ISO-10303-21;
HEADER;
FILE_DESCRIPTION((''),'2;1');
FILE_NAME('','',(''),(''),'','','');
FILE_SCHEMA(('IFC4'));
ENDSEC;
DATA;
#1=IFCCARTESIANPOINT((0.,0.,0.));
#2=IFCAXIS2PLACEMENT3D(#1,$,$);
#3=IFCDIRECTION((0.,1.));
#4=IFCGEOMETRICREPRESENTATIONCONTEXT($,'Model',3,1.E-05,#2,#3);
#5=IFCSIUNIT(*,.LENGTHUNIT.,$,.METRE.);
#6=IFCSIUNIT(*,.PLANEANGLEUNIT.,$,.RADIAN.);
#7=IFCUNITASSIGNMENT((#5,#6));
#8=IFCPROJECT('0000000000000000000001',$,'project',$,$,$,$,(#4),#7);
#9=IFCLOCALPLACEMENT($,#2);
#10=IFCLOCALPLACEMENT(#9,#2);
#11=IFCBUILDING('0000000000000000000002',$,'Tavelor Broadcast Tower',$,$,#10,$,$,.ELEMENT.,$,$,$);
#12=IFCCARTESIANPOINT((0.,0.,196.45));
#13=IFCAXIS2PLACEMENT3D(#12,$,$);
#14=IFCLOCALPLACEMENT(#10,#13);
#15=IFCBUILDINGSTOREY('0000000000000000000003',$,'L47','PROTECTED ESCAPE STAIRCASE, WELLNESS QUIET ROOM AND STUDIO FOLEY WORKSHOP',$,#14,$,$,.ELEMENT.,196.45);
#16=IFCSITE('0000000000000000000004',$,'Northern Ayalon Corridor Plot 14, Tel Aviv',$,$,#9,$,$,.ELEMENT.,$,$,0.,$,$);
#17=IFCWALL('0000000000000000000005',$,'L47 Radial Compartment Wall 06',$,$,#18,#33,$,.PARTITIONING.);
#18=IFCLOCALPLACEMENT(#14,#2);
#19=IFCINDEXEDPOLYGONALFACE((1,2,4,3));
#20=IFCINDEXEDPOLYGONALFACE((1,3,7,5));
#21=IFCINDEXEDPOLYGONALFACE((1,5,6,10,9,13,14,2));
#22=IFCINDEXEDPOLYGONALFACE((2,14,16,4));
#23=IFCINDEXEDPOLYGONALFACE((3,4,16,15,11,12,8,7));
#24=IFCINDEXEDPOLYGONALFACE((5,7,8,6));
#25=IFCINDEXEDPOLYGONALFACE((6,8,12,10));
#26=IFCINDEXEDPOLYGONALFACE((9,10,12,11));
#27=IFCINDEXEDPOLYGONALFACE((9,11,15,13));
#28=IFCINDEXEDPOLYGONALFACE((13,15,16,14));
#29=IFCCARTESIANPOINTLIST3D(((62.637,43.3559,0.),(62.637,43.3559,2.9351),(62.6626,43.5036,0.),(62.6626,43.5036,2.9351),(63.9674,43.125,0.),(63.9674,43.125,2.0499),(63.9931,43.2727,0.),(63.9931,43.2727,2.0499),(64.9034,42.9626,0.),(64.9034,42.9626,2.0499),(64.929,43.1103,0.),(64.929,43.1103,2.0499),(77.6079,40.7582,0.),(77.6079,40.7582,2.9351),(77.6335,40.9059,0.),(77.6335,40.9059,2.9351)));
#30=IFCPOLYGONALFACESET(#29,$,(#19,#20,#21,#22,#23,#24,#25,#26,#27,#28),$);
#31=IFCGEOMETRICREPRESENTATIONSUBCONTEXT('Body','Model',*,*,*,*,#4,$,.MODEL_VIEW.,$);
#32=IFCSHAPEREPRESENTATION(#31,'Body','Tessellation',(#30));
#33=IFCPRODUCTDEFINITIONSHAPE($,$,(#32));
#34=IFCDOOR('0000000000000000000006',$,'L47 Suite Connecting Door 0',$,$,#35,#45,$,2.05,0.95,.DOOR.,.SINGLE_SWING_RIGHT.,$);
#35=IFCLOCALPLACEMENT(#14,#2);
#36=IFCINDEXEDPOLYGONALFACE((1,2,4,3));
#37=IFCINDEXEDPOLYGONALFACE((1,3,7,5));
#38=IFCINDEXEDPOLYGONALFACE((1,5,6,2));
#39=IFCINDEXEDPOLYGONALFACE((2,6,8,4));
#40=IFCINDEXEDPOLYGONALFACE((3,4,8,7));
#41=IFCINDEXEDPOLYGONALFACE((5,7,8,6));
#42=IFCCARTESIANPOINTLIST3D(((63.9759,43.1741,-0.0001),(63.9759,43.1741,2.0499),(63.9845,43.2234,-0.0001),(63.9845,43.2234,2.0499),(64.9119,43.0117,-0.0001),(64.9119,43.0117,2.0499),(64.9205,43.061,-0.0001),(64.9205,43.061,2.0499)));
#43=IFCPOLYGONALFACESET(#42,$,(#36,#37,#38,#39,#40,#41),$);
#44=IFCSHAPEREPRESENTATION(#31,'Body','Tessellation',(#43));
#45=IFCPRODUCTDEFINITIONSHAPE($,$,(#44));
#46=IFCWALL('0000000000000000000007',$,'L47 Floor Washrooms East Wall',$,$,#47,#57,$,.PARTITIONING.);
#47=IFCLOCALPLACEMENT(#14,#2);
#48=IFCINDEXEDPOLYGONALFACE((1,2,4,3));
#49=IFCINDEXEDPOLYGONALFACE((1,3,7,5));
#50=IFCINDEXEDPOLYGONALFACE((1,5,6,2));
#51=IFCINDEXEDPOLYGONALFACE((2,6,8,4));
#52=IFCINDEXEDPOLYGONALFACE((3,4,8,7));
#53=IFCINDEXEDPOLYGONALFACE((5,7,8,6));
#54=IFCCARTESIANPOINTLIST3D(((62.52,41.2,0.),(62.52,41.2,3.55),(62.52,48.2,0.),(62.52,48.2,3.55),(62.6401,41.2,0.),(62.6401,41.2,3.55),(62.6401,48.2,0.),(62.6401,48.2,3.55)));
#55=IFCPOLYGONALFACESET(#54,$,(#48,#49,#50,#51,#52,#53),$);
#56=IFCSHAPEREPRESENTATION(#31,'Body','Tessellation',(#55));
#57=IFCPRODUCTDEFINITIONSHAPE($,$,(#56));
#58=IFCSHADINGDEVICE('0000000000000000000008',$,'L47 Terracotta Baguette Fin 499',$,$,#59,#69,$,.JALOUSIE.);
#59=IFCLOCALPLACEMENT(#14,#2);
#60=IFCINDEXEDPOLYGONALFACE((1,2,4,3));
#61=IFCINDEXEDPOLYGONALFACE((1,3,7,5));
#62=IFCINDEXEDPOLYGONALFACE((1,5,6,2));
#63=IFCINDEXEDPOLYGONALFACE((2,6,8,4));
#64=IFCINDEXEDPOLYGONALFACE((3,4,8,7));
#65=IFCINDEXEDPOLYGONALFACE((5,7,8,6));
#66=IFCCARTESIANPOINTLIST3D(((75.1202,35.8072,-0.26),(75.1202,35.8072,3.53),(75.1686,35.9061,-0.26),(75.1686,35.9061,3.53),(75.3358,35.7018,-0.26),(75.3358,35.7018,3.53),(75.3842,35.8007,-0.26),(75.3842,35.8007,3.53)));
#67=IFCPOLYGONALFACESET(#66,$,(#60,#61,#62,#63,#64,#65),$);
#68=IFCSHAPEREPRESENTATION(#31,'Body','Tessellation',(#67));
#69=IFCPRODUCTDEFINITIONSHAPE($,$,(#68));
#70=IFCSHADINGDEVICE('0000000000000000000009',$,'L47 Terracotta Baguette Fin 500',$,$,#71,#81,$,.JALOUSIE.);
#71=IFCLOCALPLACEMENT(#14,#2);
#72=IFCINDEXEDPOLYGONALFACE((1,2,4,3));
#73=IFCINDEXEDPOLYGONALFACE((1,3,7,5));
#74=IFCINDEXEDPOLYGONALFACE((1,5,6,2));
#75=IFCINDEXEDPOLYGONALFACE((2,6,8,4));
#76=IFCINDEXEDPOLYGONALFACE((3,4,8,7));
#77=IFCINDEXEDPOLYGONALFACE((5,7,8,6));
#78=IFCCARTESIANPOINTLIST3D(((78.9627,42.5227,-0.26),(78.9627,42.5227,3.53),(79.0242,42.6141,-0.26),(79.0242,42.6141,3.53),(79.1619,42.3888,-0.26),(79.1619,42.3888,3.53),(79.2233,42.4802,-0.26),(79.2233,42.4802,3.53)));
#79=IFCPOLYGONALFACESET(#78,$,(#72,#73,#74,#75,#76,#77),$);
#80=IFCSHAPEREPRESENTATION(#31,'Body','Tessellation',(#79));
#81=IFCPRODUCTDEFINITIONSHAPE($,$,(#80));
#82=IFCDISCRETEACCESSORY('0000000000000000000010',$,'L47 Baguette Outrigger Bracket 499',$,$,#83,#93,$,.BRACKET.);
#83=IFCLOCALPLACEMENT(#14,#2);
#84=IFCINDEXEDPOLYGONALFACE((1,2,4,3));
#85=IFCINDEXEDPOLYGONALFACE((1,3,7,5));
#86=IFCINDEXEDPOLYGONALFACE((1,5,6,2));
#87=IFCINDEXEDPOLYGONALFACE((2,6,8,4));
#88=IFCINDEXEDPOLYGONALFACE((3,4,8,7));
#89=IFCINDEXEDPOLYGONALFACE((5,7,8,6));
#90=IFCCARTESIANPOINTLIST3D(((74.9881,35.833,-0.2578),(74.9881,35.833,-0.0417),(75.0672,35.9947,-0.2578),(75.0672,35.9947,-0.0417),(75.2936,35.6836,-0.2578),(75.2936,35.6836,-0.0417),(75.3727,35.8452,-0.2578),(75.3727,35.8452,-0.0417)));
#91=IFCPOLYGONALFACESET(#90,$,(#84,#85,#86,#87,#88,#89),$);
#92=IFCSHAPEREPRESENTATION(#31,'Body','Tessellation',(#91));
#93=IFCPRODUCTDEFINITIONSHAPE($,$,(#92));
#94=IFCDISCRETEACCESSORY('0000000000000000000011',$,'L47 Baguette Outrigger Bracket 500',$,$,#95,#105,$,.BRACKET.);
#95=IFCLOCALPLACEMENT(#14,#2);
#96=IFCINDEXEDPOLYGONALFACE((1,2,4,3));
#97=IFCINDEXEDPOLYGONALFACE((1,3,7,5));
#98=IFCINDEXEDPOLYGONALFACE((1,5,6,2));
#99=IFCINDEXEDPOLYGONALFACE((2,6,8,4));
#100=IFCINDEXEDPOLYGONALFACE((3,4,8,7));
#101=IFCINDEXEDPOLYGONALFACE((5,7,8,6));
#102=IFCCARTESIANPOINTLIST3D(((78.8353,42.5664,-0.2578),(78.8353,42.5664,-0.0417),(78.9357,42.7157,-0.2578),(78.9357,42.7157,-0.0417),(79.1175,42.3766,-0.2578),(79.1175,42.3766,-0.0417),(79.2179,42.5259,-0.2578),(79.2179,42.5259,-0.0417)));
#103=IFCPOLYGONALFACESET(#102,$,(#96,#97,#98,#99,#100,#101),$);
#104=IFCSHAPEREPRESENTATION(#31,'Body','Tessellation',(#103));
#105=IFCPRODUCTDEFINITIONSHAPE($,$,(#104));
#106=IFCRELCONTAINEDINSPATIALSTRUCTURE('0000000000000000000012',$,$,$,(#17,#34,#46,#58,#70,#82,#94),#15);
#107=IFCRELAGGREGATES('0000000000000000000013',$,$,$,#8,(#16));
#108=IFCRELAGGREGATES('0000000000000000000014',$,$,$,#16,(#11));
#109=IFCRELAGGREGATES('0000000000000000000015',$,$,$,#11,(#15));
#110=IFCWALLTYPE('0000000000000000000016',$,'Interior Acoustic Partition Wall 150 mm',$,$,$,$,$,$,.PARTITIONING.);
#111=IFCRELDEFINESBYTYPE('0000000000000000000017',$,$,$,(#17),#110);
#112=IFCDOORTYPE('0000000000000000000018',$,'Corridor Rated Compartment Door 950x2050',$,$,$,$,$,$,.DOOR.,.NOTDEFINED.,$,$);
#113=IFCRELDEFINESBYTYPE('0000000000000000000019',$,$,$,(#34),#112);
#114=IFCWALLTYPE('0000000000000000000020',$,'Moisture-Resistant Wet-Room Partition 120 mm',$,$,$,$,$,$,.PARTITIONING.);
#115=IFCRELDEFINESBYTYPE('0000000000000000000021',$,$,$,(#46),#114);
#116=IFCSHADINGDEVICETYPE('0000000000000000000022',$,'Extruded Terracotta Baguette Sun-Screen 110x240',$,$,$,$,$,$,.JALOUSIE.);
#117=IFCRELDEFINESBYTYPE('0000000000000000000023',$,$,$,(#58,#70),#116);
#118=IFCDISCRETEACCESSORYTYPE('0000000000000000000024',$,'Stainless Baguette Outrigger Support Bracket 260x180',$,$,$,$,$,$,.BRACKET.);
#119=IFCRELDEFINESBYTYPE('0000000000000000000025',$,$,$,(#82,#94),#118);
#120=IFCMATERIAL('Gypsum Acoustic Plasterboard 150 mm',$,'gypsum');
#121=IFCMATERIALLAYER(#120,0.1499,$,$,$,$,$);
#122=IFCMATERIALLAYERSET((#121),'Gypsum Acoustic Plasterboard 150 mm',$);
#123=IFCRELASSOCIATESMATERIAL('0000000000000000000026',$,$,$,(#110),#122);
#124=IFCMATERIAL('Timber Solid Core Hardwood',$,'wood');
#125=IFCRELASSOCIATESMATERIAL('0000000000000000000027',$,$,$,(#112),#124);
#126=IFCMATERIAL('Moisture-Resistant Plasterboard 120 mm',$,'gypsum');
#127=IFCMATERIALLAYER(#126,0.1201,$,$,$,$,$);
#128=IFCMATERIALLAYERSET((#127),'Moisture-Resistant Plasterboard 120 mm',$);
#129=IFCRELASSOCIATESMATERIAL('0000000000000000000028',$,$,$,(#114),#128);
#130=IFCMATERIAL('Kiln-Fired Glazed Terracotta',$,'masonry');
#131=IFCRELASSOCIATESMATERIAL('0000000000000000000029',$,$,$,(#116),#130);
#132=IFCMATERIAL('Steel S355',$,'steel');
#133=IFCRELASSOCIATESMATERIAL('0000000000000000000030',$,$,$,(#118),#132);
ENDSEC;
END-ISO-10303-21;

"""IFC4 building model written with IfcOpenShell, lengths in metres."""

from ifc_helpers import new_model, si_unit, direction, frame, frame_2d, origin, origin_2d, place, context, subcontext, project, spatial, rectangle, extrude, source, transform, mapped, material, layer, layer_set, type_object, type_shapes, element, fill, save


model = new_model("IFC4")

# Units and contexts
model_context = context("Model", 3, precision=1e-05, world=origin(), true_north=direction((0.0, 1.0)))
body_context = subcontext(model_context, "Body", "Model", "MODEL_VIEW")
ifc_project = project(units=[si_unit("LENGTHUNIT", "METRE"), si_unit("PLANEANGLEUNIT", "RADIAN")], contexts=[model_context])

# Site, building, storey
site_placement = place(None, origin())
site = spatial("IfcSite", under=ifc_project, at=site_placement, Name="Northern Ayalon Corridor Plot 14, Tel Aviv", CompositionType="ELEMENT", RefElevation=0.0)
building_placement = place(site_placement, origin())
building = spatial("IfcBuilding", under=site, at=building_placement, Name="Tavelor Broadcast Tower", CompositionType="ELEMENT")
storey_placement = place(building_placement, frame((0.0, 0.0, 196.45)))
storey = spatial("IfcBuildingStorey", under=building, at=storey_placement, Name="L47", Description="PROTECTED ESCAPE STAIRCASE, WELLNESS QUIET ROOM AND STUDIO FOLEY WORKSHOP", CompositionType="ELEMENT", Elevation=196.45)

# Shared definitions
ifc_material_1 = material(Name="Steel S355", Category="steel")

# Shared definitions
ifc_material_2 = material(Name="Gypsum Acoustic Plasterboard 150 mm", Category="gypsum")
ifc_layer_1 = layer(ifc_material_2, 0.1499)
ifc_layer_set_1 = layer_set([ifc_layer_1], Name="Gypsum Acoustic Plasterboard 150 mm")
wall_type_1 = type_object("IfcWallType", Name="Interior Acoustic Partition Wall 150 mm", PredefinedType="PARTITIONING", material=ifc_layer_set_1)

# Wall, opening, door
wall_1_placement = place(storey_placement, frame((62.6499, 43.4297, 0.0), z_axis=(0.0, 0.0, 1.0), x_axis=(0.985278, -0.170959, 0.0)))
wall_1 = element("IfcWall", 1, at=wall_1_placement, inside=storey, type_object=wall_type_1, Name="L47 Radial Compartment Wall 06", PredefinedType="PARTITIONING", context=body_context, shape_type="SweptSolid", body=[
    extrude(rectangle(XDim=15.1946, YDim=0.1499, at=frame_2d((7.5972, 0.0))), origin(), (0.0, 0.0, 1.0), 2.9351),
])
opening_placement = place(wall_1_placement, frame((1.3501, 0.0, 0.0)))
opening = element("IfcOpeningElement", 2, at=opening_placement, cuts=wall_1, PredefinedType="OPENING", context=body_context, shape_type="SweptSolid", body=[
    extrude(rectangle(XDim=0.95, YDim=2.05, at=frame_2d((0.4751, 1.0249))), frame((0.0, 0.085, 0.0), z_axis=(0.0, -1.0, 0.0), x_axis=(1.0, 0.0, 0.0)), (0.0, 0.0, 1.0), 0.1699),
])
ifc_material_3 = material(Name="Timber Solid Core Hardwood", Category="wood")
door_type = type_object("IfcDoorType", Name="Corridor Rated Compartment Door 950x2050", OperationType="NOTDEFINED", PredefinedType="DOOR", material=ifc_material_3)
door_placement = place(opening_placement, origin())
door = element("IfcDoor", 3, at=door_placement, inside=storey, type_object=door_type, Name="L47 Suite Connecting Door 0", OperationType="SINGLE_SWING_RIGHT", OverallHeight=2.05, OverallWidth=0.95, PredefinedType="DOOR", context=body_context, shape_type="SweptSolid", body=[
    extrude(rectangle(XDim=0.95, YDim=2.05, at=frame_2d((0.4751, 1.0249))), frame((0.0, 0.0249, 0.0), z_axis=(0.0, -1.0, 0.0), x_axis=(1.0, 0.0, 0.0)), (0.0, 0.0, 1.0), 0.05),
])
fill(opening, door)

# Wall
ifc_material_4 = material(Name="Moisture-Resistant Plasterboard 120 mm", Category="gypsum")
ifc_layer_2 = layer(ifc_material_4, 0.1201)
ifc_layer_set_2 = layer_set([ifc_layer_2], Name="Moisture-Resistant Plasterboard 120 mm")
wall_type_2 = type_object("IfcWallType", Name="Moisture-Resistant Wet-Room Partition 120 mm", PredefinedType="PARTITIONING", material=ifc_layer_set_2)
wall_2_placement = place(storey_placement, frame((62.5801, 41.2, 0.0), z_axis=(0.0, 0.0, 1.0), x_axis=(0.0, 1.0, 0.0)))
element("IfcWall", 4, at=wall_2_placement, inside=storey, type_object=wall_type_2, Name="L47 Floor Washrooms East Wall", PredefinedType="PARTITIONING", context=body_context, shape_type="SweptSolid", body=[
    extrude(rectangle(XDim=7.0, YDim=0.1201, at=frame_2d((3.5, 0.0))), origin(), (0.0, 0.0, 1.0), 3.55),
])

# Shading devices
ifc_material_5 = material(Name="Kiln-Fired Glazed Terracotta", Category="masonry")
shading_device_type = type_object("IfcShadingDeviceType", Name="Extruded Terracotta Baguette Sun-Screen 110x240", PredefinedType="JALOUSIE", material=ifc_material_5)
shared_shape_1 = source(origin(), body_context, "Body", "SweptSolid", [
    extrude(rectangle(XDim=0.1101, YDim=0.24, at=origin_2d()), origin(), (0.0, 0.0, 1.0), 3.79),
])
type_shapes(shading_device_type, [shared_shape_1])
for number, where, z_axis, x_axis, name in (
    (5, (75.2522, 35.804, -0.26), (0.0, 0.0, 1.0), (0.439469, 0.898258, 0.0), "L47 Terracotta Baguette Fin 499"),
    (6, (79.093, 42.5015, -0.26), (0.0, 0.0, 1.0), (0.558035, 0.829818, 0.0), "L47 Terracotta Baguette Fin 500"),
):
    element("IfcShadingDevice", number, at=place(storey_placement, frame(where, z_axis=z_axis, x_axis=x_axis)), inside=storey, type_object=shading_device_type, Name=name, PredefinedType="JALOUSIE", context=body_context, shape_type="MappedRepresentation", body=[
        mapped(shared_shape_1, transform((0.0, 0.0, 0.0), scale=1.0)),
    ])

# Discrete accessories
discrete_accessory_type = type_object("IfcDiscreteAccessoryType", Name="Stainless Baguette Outrigger Support Bracket 260x180", PredefinedType="BRACKET", material=ifc_material_1)
shared_shape_2 = source(origin(), body_context, "Body", "SweptSolid", [
    extrude(rectangle(XDim=0.1799, YDim=0.3401, at=origin_2d()), origin(), (0.0, 0.0, 1.0), 0.2161),
])
type_shapes(discrete_accessory_type, [shared_shape_2])
for number, where, z_axis, x_axis, name in (
    (7, (75.1804, 35.8391, -0.2578), (0.0, 0.0, 1.0), (0.439469, 0.898258, 0.0), "L47 Baguette Outrigger Bracket 499"),
    (8, (79.0266, 42.5461, -0.2578), (0.0, 0.0, 1.0), (0.558035, 0.829818, 0.0), "L47 Baguette Outrigger Bracket 500"),
):
    element("IfcDiscreteAccessory", number, at=place(storey_placement, frame(where, z_axis=z_axis, x_axis=x_axis)), inside=storey, type_object=discrete_accessory_type, Name=name, PredefinedType="BRACKET", context=body_context, shape_type="MappedRepresentation", body=[
        mapped(shared_shape_2, transform((0.0, 0.0, 0.0), scale=1.0)),
    ])

save(model, "model.ifc")
